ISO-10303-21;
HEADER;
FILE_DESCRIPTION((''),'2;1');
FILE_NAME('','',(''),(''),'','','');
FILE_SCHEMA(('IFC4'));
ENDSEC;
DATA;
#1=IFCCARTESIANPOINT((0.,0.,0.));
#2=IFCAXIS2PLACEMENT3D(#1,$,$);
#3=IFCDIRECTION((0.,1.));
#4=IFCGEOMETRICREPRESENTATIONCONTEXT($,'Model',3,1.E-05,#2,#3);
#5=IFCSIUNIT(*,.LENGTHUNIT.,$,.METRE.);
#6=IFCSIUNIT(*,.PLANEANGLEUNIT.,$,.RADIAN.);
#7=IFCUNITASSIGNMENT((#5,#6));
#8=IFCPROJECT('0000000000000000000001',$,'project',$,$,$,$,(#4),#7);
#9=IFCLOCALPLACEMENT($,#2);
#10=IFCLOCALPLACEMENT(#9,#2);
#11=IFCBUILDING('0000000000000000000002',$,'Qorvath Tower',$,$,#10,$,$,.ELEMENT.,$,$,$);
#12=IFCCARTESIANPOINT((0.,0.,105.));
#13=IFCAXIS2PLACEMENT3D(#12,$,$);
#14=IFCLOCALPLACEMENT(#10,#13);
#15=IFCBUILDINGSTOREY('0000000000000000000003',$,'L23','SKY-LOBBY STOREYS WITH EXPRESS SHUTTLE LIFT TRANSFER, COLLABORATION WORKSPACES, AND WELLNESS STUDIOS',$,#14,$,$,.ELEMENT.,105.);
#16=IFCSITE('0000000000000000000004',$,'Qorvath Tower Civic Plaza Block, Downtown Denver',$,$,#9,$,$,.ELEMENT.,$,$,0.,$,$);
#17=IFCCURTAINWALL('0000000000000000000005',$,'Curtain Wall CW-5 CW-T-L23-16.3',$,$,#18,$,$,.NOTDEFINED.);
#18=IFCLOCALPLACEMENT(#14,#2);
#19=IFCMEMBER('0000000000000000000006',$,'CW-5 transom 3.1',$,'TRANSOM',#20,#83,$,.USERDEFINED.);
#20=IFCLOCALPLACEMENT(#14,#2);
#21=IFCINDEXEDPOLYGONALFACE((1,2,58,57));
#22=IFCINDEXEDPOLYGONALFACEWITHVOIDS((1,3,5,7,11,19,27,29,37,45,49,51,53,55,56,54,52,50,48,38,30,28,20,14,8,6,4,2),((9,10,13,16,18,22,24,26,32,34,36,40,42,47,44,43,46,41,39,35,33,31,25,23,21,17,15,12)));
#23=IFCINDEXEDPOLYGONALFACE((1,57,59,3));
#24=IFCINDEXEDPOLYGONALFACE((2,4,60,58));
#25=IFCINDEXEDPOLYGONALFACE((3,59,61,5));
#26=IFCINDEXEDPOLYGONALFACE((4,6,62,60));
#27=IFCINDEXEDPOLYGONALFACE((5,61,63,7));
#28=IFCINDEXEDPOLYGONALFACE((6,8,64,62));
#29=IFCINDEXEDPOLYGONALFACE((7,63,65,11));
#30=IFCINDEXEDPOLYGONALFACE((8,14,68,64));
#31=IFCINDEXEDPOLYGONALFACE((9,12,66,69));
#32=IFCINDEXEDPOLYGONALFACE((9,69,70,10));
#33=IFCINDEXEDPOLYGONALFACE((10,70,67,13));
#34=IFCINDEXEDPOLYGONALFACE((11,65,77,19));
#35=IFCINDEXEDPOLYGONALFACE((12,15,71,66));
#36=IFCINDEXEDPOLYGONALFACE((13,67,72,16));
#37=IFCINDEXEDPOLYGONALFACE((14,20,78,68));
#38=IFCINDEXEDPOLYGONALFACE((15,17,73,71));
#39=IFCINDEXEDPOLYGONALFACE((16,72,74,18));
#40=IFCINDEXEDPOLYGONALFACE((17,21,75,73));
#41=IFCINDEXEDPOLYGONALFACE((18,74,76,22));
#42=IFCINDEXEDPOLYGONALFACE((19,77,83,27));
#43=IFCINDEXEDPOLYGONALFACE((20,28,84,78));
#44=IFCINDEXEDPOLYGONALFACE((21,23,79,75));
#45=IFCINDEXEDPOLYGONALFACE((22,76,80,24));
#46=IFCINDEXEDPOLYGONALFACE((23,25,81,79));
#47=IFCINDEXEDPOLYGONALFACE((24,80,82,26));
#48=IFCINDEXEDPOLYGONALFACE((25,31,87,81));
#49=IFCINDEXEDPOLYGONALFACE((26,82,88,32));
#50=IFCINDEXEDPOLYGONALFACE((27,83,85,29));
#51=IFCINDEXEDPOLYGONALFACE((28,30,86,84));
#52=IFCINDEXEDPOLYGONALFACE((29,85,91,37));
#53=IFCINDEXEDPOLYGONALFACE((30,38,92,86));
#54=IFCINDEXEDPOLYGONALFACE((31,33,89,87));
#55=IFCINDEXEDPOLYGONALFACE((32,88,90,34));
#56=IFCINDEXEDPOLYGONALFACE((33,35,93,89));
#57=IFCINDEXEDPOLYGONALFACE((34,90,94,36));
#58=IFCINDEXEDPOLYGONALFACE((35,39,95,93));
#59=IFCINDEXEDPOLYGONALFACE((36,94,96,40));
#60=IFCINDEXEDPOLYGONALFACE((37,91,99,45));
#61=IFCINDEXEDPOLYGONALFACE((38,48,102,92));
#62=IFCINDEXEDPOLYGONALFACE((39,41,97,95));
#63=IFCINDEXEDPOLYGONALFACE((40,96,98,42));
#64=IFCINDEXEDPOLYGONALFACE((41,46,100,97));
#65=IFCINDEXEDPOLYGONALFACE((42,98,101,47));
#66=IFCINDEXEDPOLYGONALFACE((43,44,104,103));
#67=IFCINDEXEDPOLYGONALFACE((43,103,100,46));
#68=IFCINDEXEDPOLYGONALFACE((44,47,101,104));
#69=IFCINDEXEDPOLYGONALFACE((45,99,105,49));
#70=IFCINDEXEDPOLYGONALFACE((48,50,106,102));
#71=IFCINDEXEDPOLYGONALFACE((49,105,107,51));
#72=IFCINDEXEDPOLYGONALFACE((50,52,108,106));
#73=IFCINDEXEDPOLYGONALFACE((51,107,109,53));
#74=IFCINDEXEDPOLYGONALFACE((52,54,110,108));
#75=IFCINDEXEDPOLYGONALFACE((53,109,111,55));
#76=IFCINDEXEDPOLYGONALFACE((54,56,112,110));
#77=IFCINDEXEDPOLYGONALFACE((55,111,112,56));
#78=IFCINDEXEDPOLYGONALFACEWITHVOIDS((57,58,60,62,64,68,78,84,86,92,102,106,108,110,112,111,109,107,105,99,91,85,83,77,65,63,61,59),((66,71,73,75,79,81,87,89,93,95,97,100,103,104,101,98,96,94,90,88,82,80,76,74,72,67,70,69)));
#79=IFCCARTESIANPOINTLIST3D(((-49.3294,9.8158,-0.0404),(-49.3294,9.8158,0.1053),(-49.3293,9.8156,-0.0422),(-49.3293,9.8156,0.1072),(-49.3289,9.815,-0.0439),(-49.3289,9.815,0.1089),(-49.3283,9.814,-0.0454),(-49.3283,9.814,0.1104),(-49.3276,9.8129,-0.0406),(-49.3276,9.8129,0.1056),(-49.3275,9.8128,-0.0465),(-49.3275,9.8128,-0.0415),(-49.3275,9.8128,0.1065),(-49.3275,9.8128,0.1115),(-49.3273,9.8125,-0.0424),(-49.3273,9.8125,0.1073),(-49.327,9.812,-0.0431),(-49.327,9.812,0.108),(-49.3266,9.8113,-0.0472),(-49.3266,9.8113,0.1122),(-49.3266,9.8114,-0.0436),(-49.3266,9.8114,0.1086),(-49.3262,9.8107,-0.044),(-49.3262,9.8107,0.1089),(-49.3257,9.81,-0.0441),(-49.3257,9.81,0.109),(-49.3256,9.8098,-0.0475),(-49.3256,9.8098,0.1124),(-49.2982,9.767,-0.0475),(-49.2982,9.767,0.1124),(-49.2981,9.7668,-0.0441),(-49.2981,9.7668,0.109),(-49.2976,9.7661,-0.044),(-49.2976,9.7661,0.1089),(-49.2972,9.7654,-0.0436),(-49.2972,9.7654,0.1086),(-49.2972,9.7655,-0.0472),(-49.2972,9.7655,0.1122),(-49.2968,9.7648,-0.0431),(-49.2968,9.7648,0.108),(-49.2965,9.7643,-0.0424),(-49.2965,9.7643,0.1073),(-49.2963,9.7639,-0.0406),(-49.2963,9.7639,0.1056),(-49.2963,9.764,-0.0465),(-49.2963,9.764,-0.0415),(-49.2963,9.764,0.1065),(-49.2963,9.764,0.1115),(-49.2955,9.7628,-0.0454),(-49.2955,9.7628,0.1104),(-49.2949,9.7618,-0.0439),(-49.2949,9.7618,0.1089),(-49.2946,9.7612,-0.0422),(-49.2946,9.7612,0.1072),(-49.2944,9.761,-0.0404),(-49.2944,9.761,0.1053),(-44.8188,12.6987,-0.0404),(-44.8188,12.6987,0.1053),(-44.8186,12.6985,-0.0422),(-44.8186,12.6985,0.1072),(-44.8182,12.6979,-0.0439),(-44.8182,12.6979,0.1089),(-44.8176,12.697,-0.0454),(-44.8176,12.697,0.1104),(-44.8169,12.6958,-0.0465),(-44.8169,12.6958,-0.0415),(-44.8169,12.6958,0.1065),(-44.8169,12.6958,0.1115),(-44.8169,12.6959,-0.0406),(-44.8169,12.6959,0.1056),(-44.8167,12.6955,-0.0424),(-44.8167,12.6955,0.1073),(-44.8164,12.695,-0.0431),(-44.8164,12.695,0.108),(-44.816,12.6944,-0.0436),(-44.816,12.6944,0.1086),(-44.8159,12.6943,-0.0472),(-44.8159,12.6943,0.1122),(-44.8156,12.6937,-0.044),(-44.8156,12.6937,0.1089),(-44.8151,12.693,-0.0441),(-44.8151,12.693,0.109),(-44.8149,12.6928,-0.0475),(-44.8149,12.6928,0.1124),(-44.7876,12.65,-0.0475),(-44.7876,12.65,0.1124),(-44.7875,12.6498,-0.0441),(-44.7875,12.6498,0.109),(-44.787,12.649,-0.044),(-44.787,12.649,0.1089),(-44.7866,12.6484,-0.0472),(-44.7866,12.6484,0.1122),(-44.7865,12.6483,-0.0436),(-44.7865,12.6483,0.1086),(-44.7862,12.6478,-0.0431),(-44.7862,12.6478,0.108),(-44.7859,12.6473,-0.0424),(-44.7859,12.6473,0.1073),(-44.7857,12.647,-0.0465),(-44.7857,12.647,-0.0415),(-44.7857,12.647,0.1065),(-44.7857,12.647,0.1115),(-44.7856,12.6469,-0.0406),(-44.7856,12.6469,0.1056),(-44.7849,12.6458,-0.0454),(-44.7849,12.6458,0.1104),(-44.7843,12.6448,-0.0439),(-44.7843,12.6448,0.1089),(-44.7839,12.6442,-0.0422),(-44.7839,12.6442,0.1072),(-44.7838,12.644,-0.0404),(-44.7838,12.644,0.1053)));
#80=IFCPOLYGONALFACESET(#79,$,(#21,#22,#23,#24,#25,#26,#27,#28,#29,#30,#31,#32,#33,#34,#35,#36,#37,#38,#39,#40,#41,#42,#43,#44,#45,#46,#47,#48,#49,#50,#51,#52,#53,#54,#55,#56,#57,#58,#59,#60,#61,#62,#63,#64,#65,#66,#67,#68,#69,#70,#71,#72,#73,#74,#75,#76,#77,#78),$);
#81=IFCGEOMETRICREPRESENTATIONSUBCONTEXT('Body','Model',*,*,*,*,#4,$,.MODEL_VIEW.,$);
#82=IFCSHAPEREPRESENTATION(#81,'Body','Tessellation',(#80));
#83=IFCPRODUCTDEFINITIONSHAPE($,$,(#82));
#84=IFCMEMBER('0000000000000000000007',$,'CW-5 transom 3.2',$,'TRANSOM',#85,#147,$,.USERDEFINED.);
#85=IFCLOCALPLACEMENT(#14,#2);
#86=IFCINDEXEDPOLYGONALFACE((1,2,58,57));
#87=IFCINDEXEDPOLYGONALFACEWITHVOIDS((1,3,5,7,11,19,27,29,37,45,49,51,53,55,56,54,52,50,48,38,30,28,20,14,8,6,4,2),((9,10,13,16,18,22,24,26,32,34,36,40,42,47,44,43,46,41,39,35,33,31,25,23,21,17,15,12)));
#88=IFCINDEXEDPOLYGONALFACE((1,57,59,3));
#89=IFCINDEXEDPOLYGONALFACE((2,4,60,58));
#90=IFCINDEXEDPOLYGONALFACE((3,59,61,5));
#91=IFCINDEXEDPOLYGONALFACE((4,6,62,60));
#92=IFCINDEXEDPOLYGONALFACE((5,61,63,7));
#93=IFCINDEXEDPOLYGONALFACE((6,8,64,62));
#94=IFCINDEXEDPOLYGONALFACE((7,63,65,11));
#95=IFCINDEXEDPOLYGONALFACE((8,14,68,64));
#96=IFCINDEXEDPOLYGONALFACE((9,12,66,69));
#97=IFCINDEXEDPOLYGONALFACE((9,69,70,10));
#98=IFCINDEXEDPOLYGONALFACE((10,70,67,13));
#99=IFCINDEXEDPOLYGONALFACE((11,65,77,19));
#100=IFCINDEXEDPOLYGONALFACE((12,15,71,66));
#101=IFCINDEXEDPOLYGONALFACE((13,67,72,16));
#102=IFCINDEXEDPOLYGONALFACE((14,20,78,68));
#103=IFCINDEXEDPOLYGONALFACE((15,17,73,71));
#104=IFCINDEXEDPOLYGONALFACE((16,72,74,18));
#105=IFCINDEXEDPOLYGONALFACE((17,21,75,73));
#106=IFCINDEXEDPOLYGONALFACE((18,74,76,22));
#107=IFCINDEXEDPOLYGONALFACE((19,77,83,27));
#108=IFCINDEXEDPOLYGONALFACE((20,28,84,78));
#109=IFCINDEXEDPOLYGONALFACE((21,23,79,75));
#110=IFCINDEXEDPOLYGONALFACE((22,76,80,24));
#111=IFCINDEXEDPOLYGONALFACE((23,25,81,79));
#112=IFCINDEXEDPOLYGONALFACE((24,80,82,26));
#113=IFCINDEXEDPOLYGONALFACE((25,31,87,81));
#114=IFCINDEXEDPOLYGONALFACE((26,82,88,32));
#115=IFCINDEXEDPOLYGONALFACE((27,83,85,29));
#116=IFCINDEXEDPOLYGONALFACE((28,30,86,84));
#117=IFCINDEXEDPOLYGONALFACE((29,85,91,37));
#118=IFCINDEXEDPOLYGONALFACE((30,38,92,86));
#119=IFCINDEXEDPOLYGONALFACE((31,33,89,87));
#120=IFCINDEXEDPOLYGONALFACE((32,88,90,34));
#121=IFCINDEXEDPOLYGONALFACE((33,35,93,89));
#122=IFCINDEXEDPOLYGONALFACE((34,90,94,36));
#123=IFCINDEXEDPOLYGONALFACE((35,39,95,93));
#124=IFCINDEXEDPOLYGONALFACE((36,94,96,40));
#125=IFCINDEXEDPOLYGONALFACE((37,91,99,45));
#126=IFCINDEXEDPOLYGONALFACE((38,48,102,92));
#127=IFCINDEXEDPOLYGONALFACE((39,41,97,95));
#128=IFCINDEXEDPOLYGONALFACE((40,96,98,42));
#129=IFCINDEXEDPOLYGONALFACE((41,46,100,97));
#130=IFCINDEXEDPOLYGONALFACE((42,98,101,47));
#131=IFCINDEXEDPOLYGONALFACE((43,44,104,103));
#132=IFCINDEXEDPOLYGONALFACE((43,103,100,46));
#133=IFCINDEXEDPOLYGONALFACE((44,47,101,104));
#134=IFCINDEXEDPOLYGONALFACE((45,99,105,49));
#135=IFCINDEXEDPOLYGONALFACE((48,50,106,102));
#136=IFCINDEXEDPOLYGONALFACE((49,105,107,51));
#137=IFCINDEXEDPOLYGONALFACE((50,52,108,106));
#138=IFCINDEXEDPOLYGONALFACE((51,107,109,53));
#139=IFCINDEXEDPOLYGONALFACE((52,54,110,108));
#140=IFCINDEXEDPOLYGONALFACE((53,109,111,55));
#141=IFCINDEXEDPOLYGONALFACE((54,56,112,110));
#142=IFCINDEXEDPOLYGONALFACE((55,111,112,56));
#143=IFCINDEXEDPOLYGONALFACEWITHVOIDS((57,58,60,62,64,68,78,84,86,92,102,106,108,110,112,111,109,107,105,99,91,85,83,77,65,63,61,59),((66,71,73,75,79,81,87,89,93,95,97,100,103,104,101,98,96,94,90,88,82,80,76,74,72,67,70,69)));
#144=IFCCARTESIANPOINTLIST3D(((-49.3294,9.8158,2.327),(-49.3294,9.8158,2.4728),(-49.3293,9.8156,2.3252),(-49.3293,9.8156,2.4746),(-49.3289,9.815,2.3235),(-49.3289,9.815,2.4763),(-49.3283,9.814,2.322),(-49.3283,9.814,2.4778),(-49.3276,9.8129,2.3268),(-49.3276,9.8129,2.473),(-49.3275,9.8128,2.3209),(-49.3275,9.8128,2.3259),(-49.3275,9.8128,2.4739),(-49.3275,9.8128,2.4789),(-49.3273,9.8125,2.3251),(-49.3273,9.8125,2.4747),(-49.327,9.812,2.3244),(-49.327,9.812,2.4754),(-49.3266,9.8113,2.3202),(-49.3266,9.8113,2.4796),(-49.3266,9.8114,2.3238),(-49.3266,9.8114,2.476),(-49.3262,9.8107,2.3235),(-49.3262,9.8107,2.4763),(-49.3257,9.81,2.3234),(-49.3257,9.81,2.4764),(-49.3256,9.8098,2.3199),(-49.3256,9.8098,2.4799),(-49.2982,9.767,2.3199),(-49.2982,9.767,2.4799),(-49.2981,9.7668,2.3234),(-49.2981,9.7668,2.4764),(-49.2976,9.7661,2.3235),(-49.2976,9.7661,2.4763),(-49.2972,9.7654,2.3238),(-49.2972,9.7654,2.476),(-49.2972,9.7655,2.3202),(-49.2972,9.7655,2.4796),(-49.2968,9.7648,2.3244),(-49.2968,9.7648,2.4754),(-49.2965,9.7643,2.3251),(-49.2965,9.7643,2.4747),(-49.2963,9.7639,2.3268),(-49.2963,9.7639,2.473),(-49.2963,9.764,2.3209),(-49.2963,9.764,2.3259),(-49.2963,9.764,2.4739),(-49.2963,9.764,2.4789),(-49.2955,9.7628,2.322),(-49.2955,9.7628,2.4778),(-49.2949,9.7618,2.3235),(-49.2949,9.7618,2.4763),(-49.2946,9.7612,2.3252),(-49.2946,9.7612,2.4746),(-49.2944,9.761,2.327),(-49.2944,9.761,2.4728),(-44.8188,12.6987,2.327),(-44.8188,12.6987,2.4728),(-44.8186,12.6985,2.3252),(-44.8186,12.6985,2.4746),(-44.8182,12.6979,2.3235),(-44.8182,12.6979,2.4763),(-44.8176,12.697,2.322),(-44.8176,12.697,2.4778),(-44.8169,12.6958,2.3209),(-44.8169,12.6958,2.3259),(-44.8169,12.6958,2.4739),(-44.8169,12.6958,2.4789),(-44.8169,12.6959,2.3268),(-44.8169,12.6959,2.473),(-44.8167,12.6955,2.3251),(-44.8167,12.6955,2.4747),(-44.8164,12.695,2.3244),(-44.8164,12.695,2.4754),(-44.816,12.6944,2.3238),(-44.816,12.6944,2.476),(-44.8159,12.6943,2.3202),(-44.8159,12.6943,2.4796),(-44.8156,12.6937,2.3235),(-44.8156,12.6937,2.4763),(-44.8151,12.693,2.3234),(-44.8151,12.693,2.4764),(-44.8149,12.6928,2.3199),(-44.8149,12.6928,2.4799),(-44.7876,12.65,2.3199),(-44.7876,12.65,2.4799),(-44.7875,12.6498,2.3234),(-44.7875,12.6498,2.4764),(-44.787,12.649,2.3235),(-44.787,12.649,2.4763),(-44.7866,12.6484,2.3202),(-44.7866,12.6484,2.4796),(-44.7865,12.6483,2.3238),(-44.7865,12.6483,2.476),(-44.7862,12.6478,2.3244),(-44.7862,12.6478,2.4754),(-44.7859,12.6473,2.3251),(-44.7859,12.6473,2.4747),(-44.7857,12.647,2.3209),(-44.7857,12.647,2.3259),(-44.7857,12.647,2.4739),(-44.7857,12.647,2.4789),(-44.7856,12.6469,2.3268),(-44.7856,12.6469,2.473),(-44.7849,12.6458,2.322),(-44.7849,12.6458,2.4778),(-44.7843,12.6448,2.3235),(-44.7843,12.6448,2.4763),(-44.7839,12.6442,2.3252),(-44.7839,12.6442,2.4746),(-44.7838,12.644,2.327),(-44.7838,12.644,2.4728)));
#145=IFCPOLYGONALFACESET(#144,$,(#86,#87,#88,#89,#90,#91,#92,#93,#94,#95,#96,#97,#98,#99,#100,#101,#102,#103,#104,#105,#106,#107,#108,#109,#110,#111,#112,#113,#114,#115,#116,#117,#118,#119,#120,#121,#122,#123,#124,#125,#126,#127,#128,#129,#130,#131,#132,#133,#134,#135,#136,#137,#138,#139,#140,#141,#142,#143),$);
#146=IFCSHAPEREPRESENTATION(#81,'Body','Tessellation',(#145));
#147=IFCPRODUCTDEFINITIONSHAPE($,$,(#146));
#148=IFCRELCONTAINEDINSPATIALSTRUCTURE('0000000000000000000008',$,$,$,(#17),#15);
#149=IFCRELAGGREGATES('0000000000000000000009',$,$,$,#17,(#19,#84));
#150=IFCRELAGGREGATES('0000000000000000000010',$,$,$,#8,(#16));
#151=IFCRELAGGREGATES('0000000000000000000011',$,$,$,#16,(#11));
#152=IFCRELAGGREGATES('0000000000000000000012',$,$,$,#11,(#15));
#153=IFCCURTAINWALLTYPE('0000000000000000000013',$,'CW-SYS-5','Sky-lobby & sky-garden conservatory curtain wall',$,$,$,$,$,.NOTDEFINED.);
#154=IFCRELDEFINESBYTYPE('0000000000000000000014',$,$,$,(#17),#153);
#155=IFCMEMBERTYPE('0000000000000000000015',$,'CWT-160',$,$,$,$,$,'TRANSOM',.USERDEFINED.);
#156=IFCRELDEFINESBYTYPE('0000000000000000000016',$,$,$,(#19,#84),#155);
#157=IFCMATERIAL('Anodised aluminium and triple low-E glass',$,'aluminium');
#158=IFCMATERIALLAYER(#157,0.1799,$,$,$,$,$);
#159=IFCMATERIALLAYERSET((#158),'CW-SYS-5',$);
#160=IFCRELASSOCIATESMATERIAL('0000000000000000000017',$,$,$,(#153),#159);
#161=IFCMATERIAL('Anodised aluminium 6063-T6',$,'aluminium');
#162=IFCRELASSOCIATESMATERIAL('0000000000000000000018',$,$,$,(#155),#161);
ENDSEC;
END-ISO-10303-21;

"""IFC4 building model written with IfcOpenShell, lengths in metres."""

from ifc_helpers import new_model, si_unit, direction, frame, origin, origin_2d, place, context, subcontext, project, spatial, hollow_rectangle, extrude, material, layer, layer_set, material_profile, profile_set, type_object, element, aggregate, save


model = new_model("IFC4")

# Units and contexts
model_context = context("Model", 3, precision=1e-05, world=origin(), true_north=direction((0.0, 1.0)))
body_context = subcontext(model_context, "Body", "Model", "MODEL_VIEW")
ifc_project = project(units=[si_unit("LENGTHUNIT", "METRE"), si_unit("PLANEANGLEUNIT", "RADIAN")], contexts=[model_context])

# Site, building, storey
site_placement = place(None, origin())
site = spatial("IfcSite", under=ifc_project, at=site_placement, Name="Qorvath Tower Civic Plaza Block, Downtown Denver", CompositionType="ELEMENT", RefElevation=0.0)
building_placement = place(site_placement, origin())
building = spatial("IfcBuilding", under=site, at=building_placement, Name="Qorvath Tower", CompositionType="ELEMENT")
storey_placement = place(building_placement, frame((0.0, 0.0, 105.0)))
storey = spatial("IfcBuildingStorey", under=building, at=storey_placement, Name="L23", Description="SKY-LOBBY STOREYS WITH EXPRESS SHUTTLE LIFT TRANSFER, COLLABORATION WORKSPACES, AND WELLNESS STUDIOS", CompositionType="ELEMENT", Elevation=105.0)

# Curtain wall, members
ifc_material_1 = material(Name="Anodised aluminium and triple low-E glass", Category="aluminium")
ifc_layer_1 = layer(ifc_material_1, 0.1799)
ifc_layer_set_1 = layer_set([ifc_layer_1], Name="CW-SYS-5")
curtain_wall_type = type_object("IfcCurtainWallType", Name="CW-SYS-5", Description="Sky-lobby & sky-garden conservatory curtain wall", PredefinedType="NOTDEFINED", material=ifc_layer_set_1)
curtain_wall_placement = place(storey_placement, origin())
curtain_wall = element("IfcCurtainWall", 1, at=curtain_wall_placement, inside=storey, type_object=curtain_wall_type, Name="Curtain Wall CW-5 CW-T-L23-16.3", PredefinedType="NOTDEFINED")
ifc_material_2 = material(Name="Anodised aluminium 6063-T6", Category="aluminium")
ifc_material_profile_1 = material_profile(ifc_material_2, hollow_rectangle(XDim=0.0649, YDim=0.1599, WallThickness=0.0034, InnerFilletRadius=0.0034, OuterFilletRadius=0.0071, at=origin_2d()), Name="CWT 160x65")
ifc_profile_set_1 = profile_set([ifc_material_profile_1], Name="Anodised aluminium 6063-T6")
member_type_1 = type_object("IfcMemberType", Name="CWT-160", ElementType="TRANSOM", PredefinedType="USERDEFINED", material=ifc_profile_set_1)
member_1_placement = place(storey_placement, frame((-44.8013, 12.6714, 0.0325), z_axis=(-0.842595, -0.538548, 0.0), x_axis=(0.538548, -0.842595, 0.0)))
member_1 = element("IfcMember", 2, at=member_1_placement, type_object=member_type_1, Name="CW-5 transom 3.1", ObjectType="TRANSOM", PredefinedType="USERDEFINED", context=body_context, shape_type="SweptSolid", body=[
    extrude(hollow_rectangle(XDim=0.0649, YDim=0.1599, WallThickness=0.0034, InnerFilletRadius=0.0034, OuterFilletRadius=0.0071, at=origin_2d()), origin(), (0.0, 0.0, 1.0), 5.3533),
])
member_2_placement = place(storey_placement, frame((-44.8013, 12.6714, 2.3999), z_axis=(-0.842595, -0.538548, 0.0), x_axis=(0.538548, -0.842595, 0.0)))
member_2 = element("IfcMember", 3, at=member_2_placement, type_object=member_type_1, Name="CW-5 transom 3.2", ObjectType="TRANSOM", PredefinedType="USERDEFINED", context=body_context, shape_type="SweptSolid", body=[
    extrude(hollow_rectangle(XDim=0.0649, YDim=0.1599, WallThickness=0.0034, InnerFilletRadius=0.0034, OuterFilletRadius=0.0071, at=origin_2d()), origin(), (0.0, 0.0, 1.0), 5.3533),
])
aggregate(curtain_wall, [member_1, member_2])

save(model, "model.ifc")
